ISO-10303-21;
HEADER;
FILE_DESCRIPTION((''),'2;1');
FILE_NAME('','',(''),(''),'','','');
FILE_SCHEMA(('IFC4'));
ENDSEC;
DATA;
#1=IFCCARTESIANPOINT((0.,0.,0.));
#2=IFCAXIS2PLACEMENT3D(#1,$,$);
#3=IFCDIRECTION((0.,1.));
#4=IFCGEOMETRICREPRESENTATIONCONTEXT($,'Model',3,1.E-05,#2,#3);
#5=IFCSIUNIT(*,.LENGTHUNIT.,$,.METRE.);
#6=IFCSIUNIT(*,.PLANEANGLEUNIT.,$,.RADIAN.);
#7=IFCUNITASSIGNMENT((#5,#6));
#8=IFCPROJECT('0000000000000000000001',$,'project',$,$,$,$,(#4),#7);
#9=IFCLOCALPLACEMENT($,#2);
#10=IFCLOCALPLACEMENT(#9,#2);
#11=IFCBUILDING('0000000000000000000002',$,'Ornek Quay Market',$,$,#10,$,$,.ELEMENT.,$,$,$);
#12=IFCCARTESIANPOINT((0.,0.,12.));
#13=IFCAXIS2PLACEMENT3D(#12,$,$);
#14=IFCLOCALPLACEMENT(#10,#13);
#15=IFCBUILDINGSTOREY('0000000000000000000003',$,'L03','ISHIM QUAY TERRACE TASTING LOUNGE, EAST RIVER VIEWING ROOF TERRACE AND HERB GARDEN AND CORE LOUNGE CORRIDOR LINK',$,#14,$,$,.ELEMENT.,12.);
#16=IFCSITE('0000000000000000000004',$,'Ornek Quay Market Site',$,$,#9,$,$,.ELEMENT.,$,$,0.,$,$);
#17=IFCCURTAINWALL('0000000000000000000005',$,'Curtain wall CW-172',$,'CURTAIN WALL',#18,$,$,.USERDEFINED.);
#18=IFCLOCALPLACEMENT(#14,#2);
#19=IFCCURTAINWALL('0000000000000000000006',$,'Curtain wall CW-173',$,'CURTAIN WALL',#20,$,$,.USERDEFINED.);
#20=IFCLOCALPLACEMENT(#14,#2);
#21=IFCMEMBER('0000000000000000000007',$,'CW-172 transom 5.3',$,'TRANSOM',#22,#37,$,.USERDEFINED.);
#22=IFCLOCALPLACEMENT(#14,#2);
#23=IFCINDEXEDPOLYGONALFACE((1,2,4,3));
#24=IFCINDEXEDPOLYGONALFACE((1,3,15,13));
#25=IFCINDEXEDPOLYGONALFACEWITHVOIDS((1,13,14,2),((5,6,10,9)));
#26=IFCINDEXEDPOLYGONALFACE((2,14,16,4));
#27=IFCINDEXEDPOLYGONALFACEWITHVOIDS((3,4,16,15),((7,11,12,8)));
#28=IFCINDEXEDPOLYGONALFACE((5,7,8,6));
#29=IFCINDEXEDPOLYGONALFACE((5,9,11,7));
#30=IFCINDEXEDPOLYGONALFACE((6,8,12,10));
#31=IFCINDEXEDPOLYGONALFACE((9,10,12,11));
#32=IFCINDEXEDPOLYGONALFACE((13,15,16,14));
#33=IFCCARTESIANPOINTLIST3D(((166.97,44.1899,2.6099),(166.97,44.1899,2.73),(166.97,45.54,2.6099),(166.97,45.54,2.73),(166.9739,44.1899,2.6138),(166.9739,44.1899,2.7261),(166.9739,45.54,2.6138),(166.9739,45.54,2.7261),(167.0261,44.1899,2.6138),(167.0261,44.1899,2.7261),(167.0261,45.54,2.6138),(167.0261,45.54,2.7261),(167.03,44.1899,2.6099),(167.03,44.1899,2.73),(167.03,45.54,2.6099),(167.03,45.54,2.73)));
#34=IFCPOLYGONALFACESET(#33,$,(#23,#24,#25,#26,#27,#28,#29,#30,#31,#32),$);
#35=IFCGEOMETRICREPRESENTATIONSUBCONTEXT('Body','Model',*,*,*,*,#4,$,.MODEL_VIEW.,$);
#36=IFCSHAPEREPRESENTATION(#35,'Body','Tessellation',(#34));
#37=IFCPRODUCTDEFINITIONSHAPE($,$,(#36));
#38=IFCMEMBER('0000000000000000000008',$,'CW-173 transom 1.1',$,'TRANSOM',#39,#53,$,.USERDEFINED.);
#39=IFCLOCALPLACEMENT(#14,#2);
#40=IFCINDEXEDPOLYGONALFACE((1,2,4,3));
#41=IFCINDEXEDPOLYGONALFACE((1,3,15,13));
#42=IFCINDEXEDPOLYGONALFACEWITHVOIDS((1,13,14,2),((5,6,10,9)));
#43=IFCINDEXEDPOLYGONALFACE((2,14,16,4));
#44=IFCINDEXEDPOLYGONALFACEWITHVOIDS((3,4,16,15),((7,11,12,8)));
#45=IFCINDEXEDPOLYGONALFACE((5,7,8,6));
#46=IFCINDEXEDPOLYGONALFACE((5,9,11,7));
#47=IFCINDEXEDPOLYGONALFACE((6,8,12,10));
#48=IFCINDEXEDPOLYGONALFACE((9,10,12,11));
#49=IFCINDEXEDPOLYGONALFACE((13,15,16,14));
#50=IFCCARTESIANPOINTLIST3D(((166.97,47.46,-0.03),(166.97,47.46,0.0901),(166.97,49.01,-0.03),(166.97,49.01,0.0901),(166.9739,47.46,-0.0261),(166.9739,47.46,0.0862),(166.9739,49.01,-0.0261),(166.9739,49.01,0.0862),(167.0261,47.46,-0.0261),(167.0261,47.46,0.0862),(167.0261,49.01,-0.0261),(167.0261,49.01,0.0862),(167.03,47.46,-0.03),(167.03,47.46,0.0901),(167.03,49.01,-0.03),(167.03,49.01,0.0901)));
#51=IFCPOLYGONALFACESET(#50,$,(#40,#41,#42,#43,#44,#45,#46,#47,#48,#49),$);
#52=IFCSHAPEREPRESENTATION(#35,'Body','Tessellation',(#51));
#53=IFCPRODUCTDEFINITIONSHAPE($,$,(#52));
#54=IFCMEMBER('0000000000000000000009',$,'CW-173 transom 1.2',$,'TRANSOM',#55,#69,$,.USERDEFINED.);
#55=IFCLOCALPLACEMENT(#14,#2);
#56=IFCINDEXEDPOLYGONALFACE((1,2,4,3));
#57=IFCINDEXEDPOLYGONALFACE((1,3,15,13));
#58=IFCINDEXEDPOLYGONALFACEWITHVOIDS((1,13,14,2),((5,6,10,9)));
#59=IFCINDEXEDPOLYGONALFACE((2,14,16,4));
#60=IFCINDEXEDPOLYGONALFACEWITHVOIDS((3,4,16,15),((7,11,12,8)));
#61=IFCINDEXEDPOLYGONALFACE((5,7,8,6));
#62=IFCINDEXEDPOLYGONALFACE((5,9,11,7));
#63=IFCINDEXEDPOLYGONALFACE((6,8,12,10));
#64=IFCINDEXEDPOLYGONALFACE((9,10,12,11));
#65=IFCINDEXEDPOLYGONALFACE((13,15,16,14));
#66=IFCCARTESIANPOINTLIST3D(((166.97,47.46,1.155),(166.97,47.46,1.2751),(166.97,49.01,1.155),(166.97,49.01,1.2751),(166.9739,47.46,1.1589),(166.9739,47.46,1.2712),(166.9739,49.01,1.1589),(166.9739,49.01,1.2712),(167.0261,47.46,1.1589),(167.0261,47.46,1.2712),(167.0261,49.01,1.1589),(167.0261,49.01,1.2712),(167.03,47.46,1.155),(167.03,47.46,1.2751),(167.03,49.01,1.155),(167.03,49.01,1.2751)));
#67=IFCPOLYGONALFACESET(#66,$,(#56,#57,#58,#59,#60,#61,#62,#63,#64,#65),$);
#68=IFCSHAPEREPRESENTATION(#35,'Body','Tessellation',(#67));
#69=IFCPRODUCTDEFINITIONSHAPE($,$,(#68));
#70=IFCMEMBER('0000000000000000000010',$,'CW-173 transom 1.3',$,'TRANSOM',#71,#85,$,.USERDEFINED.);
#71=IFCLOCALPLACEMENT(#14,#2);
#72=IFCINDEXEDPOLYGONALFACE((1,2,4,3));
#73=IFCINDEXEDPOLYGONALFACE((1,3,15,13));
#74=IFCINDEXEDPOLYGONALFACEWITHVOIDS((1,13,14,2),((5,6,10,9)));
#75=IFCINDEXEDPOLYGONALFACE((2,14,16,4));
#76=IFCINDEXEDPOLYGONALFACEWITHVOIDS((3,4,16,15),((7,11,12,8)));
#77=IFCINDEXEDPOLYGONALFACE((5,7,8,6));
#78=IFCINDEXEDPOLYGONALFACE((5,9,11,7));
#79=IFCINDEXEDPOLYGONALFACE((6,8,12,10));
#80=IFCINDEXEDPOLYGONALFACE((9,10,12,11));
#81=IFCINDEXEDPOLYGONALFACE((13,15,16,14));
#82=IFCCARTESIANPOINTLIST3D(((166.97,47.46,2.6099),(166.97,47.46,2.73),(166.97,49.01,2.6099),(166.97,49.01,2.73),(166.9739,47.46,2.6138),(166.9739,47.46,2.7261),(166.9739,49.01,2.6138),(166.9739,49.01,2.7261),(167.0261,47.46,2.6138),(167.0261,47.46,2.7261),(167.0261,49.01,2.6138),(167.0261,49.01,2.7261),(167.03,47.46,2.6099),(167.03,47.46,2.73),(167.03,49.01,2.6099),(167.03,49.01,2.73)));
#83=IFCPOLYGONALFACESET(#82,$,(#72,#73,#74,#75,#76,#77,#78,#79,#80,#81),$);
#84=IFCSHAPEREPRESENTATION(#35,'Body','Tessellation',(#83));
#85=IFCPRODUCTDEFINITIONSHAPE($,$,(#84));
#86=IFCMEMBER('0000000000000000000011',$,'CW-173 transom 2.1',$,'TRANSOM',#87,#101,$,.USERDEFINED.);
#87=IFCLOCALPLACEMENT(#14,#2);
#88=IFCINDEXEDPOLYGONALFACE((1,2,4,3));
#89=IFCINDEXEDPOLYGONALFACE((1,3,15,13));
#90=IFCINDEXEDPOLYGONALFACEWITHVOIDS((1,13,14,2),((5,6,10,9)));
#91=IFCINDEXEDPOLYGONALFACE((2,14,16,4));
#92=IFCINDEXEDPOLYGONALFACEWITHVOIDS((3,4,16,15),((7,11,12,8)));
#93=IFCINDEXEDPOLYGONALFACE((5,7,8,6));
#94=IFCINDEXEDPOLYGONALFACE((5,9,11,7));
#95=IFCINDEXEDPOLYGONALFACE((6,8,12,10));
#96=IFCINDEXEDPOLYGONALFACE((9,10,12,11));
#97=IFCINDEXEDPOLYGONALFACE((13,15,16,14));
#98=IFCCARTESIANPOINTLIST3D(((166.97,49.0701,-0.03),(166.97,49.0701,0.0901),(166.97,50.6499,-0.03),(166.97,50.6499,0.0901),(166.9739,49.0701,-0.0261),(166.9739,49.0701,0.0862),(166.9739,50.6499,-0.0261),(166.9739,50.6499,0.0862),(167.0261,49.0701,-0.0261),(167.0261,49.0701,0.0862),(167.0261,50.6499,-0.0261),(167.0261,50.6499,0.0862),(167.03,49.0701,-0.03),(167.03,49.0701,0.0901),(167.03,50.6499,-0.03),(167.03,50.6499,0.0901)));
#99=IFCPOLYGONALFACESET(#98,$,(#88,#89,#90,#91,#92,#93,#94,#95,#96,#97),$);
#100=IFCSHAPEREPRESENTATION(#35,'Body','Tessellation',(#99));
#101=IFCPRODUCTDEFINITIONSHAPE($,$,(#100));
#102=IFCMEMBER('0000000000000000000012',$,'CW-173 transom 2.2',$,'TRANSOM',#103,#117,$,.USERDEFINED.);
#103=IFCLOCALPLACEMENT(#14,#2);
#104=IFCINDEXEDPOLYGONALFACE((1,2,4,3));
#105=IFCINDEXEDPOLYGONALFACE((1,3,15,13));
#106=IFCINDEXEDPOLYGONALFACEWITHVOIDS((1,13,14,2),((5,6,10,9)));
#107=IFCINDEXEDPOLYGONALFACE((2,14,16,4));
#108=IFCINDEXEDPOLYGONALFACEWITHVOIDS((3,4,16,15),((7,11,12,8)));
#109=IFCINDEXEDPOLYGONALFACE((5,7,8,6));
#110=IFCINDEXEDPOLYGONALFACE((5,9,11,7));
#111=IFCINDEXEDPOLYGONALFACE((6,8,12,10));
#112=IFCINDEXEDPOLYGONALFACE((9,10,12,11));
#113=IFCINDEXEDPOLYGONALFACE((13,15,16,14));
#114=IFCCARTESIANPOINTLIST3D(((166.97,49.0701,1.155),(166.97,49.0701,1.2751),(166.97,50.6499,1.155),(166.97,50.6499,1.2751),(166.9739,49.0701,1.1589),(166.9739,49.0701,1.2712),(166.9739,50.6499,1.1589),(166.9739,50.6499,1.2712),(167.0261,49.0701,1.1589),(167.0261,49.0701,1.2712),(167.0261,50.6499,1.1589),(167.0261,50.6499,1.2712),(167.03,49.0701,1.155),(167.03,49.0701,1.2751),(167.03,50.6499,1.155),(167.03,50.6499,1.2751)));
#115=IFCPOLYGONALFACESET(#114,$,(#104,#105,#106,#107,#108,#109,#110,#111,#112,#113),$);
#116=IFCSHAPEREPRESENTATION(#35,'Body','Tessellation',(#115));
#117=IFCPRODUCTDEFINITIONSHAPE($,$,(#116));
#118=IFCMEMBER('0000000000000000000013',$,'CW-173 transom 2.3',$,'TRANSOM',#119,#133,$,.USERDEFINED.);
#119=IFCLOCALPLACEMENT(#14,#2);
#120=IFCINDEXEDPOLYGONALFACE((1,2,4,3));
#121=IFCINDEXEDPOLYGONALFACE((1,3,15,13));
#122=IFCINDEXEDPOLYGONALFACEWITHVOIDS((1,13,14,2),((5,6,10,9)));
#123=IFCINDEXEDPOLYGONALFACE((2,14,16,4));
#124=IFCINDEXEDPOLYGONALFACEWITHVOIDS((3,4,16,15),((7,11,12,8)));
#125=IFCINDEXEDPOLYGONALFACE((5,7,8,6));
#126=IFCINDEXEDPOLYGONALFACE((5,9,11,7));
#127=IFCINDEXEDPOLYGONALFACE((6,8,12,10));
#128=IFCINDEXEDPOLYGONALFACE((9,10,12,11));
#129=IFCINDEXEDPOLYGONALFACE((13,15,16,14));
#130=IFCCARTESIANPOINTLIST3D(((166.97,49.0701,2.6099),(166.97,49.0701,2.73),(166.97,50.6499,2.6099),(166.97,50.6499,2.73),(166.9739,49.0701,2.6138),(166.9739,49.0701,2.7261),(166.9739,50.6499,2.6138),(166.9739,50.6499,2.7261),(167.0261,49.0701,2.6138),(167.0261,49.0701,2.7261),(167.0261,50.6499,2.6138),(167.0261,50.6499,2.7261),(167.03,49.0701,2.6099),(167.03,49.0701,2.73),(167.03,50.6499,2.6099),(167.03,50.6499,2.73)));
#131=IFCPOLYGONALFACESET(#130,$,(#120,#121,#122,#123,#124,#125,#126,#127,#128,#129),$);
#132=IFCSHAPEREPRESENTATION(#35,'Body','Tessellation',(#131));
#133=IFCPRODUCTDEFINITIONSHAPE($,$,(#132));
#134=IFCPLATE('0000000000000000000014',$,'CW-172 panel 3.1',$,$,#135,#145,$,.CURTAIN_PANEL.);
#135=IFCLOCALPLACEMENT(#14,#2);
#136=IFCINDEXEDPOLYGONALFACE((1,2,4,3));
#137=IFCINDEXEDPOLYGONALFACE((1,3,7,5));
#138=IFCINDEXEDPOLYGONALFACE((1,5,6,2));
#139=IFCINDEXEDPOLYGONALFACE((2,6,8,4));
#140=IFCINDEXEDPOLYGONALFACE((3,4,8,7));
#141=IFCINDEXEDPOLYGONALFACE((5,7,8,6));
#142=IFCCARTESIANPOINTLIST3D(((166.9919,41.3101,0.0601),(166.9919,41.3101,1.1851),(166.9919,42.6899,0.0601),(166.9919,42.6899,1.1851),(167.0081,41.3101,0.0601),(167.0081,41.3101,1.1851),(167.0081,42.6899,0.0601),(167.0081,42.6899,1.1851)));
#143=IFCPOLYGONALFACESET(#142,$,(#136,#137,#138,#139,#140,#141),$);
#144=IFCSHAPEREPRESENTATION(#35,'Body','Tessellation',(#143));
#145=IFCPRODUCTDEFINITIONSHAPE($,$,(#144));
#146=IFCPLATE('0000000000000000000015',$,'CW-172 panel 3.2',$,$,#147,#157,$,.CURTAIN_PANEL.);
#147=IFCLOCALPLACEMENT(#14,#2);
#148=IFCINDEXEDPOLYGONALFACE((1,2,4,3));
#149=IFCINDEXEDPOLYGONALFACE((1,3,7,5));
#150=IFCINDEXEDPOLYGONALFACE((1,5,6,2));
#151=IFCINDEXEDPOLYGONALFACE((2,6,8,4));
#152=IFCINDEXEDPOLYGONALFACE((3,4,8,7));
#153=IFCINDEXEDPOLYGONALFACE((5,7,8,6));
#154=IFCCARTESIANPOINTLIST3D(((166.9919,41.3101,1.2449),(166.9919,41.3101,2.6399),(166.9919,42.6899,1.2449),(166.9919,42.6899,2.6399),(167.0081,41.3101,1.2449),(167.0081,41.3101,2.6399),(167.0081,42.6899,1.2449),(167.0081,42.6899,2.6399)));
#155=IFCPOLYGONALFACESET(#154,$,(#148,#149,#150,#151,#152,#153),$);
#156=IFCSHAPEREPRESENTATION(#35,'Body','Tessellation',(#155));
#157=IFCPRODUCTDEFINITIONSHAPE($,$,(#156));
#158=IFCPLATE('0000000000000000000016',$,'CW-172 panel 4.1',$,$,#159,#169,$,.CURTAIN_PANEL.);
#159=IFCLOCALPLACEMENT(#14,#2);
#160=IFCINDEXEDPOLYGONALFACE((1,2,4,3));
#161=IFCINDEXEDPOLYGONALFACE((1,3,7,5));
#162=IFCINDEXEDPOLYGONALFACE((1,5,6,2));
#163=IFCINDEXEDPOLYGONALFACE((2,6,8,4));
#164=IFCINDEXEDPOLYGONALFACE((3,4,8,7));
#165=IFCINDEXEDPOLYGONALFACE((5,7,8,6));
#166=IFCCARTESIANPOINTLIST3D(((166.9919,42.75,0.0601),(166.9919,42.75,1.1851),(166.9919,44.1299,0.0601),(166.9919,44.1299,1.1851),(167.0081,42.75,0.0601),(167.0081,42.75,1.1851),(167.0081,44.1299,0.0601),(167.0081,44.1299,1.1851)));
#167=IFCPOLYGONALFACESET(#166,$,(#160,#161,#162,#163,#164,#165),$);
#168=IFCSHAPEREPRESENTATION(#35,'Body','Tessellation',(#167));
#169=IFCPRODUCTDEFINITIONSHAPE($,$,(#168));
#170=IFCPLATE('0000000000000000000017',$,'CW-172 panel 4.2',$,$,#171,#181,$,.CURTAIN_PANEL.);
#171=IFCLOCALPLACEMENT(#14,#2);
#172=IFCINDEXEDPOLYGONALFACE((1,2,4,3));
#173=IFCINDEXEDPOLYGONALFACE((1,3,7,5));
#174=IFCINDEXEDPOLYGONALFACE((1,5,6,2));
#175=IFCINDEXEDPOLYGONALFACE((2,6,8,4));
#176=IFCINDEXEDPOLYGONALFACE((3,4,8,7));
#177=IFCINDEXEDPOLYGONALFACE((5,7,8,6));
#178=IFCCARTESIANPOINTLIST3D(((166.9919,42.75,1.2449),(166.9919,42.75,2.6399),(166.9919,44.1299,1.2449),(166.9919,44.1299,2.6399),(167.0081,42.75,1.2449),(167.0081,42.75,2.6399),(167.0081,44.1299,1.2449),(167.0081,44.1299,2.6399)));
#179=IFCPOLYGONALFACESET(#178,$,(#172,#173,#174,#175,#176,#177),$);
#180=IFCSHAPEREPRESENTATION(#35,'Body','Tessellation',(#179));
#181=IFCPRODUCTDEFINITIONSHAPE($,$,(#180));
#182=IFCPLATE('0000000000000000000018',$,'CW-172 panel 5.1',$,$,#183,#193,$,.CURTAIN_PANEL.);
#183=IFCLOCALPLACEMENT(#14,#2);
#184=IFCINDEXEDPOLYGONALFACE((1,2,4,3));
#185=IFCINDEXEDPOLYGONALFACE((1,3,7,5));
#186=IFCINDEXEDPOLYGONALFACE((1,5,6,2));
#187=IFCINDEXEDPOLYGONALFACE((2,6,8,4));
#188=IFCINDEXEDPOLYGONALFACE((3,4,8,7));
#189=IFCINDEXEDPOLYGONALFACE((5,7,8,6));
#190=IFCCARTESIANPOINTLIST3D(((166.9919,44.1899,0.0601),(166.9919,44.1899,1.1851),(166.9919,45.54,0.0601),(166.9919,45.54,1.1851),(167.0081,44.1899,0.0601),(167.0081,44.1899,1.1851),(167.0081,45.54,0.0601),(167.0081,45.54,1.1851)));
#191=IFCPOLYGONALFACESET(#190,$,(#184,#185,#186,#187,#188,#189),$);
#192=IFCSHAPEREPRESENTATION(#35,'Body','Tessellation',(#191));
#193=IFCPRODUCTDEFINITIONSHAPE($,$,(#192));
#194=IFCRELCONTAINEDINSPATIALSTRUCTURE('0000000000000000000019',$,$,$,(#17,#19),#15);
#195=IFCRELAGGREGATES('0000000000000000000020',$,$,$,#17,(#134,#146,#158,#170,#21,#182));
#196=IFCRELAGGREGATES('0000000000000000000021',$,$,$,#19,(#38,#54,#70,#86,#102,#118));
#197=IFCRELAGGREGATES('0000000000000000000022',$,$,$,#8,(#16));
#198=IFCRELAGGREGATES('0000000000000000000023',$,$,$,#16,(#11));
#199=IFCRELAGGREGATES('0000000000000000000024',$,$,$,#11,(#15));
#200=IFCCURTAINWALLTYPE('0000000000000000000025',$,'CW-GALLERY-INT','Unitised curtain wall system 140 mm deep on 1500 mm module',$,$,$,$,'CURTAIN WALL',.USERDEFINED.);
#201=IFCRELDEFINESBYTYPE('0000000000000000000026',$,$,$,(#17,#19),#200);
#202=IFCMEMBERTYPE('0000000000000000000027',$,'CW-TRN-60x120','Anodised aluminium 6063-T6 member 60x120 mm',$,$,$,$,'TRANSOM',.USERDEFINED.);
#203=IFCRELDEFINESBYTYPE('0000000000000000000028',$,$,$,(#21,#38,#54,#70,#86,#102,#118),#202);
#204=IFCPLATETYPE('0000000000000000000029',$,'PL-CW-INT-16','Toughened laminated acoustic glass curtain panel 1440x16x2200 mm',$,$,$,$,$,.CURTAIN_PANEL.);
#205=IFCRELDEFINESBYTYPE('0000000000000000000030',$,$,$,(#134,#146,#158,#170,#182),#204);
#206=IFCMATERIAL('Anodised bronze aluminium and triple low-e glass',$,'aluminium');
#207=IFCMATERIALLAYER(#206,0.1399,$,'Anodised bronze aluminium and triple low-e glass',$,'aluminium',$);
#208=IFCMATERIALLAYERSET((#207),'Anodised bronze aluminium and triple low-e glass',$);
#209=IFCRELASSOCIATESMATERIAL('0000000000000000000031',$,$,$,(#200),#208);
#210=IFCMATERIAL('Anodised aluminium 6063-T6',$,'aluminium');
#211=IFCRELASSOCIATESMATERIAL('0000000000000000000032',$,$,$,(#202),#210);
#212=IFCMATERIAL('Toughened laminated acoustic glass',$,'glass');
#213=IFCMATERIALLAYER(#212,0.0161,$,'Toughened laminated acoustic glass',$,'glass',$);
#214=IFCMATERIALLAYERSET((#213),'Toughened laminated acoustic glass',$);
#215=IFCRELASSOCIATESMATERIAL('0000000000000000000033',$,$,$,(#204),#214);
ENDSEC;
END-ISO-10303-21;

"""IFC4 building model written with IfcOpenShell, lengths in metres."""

from ifc_helpers import new_model, si_unit, direction, frame, origin, origin_2d, place, context, subcontext, project, spatial, rectangle, hollow_rectangle, extrude, material, layer, layer_set, material_profile, profile_set, type_object, element, aggregate, save


model = new_model("IFC4")

# Units and contexts
model_context = context("Model", 3, precision=1e-05, world=origin(), true_north=direction((0.0, 1.0)))
body_context = subcontext(model_context, "Body", "Model", "MODEL_VIEW")
ifc_project = project(units=[si_unit("LENGTHUNIT", "METRE"), si_unit("PLANEANGLEUNIT", "RADIAN")], contexts=[model_context])

# Site, building, storey
site_placement = place(None, origin())
site = spatial("IfcSite", under=ifc_project, at=site_placement, Name="Ornek Quay Market Site", CompositionType="ELEMENT", RefElevation=0.0)
building_placement = place(site_placement, origin())
building = spatial("IfcBuilding", under=site, at=building_placement, Name="Ornek Quay Market", CompositionType="ELEMENT")
storey_placement = place(building_placement, frame((0.0, 0.0, 12.0)))
storey = spatial("IfcBuildingStorey", under=building, at=storey_placement, Name="L03", Description="ISHIM QUAY TERRACE TASTING LOUNGE, EAST RIVER VIEWING ROOF TERRACE AND HERB GARDEN AND CORE LOUNGE CORRIDOR LINK", CompositionType="ELEMENT", Elevation=12.0)

# Curtain walls
ifc_material_1 = material(Name="Anodised bronze aluminium and triple low-e glass", Category="aluminium")
ifc_layer_1 = layer(ifc_material_1, 0.1399, Name="Anodised bronze aluminium and triple low-e glass", Category="aluminium")
ifc_layer_set_1 = layer_set([ifc_layer_1], Name="Anodised bronze aluminium and triple low-e glass")
curtain_wall_type = type_object("IfcCurtainWallType", Name="CW-GALLERY-INT", Description="Unitised curtain wall system 140 mm deep on 1500 mm module", ElementType="CURTAIN WALL", PredefinedType="USERDEFINED", material=ifc_layer_set_1)
curtain_wall_1_placement = place(storey_placement, origin())
curtain_wall_1 = element("IfcCurtainWall", 1, at=curtain_wall_1_placement, inside=storey, type_object=curtain_wall_type, Name="Curtain wall CW-172", ObjectType="CURTAIN WALL", PredefinedType="USERDEFINED")
ifc_material_2 = material(Name="Anodised aluminium 6063-T6", Category="aluminium")
curtain_wall_2_placement = place(storey_placement, origin())
curtain_wall_2 = element("IfcCurtainWall", 2, at=curtain_wall_2_placement, inside=storey, type_object=curtain_wall_type, Name="Curtain wall CW-173", ObjectType="CURTAIN WALL", PredefinedType="USERDEFINED")

# Members
ifc_material_profile_1 = material_profile(ifc_material_2, hollow_rectangle(XDim=0.0601, YDim=0.1201, WallThickness=0.0039, at=origin_2d()), Name="CW-TRN-60x120", Category="aluminium")
ifc_profile_set_1 = profile_set([ifc_material_profile_1], Name="Anodised aluminium 6063-T6")
member_type_1 = type_object("IfcMemberType", Name="CW-TRN-60x120", Description="Anodised aluminium 6063-T6 member 60x120 mm", ElementType="TRANSOM", PredefinedType="USERDEFINED", material=ifc_profile_set_1)
member_1_placement = place(storey_placement, frame((167.0, 44.1899, 2.6699), z_axis=(0.0, 1.0, 0.0), x_axis=(-1.0, 0.0, 0.0)))
member_1 = element("IfcMember", 3, at=member_1_placement, type_object=member_type_1, Name="CW-172 transom 5.3", ObjectType="TRANSOM", PredefinedType="USERDEFINED", context=body_context, shape_type="SweptSolid", body=[
    extrude(hollow_rectangle(XDim=0.0601, YDim=0.1201, WallThickness=0.0039, at=origin_2d()), origin(), (0.0, 0.0, 1.0), 1.3501),
])
member_2_placement = place(storey_placement, frame((167.0, 47.46, 0.03), z_axis=(0.0, 1.0, 0.0), x_axis=(-1.0, 0.0, 0.0)))
member_2 = element("IfcMember", 4, at=member_2_placement, type_object=member_type_1, Name="CW-173 transom 1.1", ObjectType="TRANSOM", PredefinedType="USERDEFINED", context=body_context, shape_type="SweptSolid", body=[
    extrude(hollow_rectangle(XDim=0.0601, YDim=0.1201, WallThickness=0.0039, at=origin_2d()), origin(), (0.0, 0.0, 1.0), 1.55),
])
member_3_placement = place(storey_placement, frame((167.0, 47.46, 1.2151), z_axis=(0.0, 1.0, 0.0), x_axis=(-1.0, 0.0, 0.0)))
member_3 = element("IfcMember", 5, at=member_3_placement, type_object=member_type_1, Name="CW-173 transom 1.2", ObjectType="TRANSOM", PredefinedType="USERDEFINED", context=body_context, shape_type="SweptSolid", body=[
    extrude(hollow_rectangle(XDim=0.0601, YDim=0.1201, WallThickness=0.0039, at=origin_2d()), origin(), (0.0, 0.0, 1.0), 1.55),
])
member_4_placement = place(storey_placement, frame((167.0, 47.46, 2.6699), z_axis=(0.0, 1.0, 0.0), x_axis=(-1.0, 0.0, 0.0)))
member_4 = element("IfcMember", 6, at=member_4_placement, type_object=member_type_1, Name="CW-173 transom 1.3", ObjectType="TRANSOM", PredefinedType="USERDEFINED", context=body_context, shape_type="SweptSolid", body=[
    extrude(hollow_rectangle(XDim=0.0601, YDim=0.1201, WallThickness=0.0039, at=origin_2d()), origin(), (0.0, 0.0, 1.0), 1.55),
])
member_5_placement = place(storey_placement, frame((167.0, 49.0701, 0.03), z_axis=(0.0, 1.0, 0.0), x_axis=(-1.0, 0.0, 0.0)))
member_5 = element("IfcMember", 7, at=member_5_placement, type_object=member_type_1, Name="CW-173 transom 2.1", ObjectType="TRANSOM", PredefinedType="USERDEFINED", context=body_context, shape_type="SweptSolid", body=[
    extrude(hollow_rectangle(XDim=0.0601, YDim=0.1201, WallThickness=0.0039, at=origin_2d()), origin(), (0.0, 0.0, 1.0), 1.5798),
])
member_6_placement = place(storey_placement, frame((167.0, 49.0701, 1.2151), z_axis=(0.0, 1.0, 0.0), x_axis=(-1.0, 0.0, 0.0)))
member_6 = element("IfcMember", 8, at=member_6_placement, type_object=member_type_1, Name="CW-173 transom 2.2", ObjectType="TRANSOM", PredefinedType="USERDEFINED", context=body_context, shape_type="SweptSolid", body=[
    extrude(hollow_rectangle(XDim=0.0601, YDim=0.1201, WallThickness=0.0039, at=origin_2d()), origin(), (0.0, 0.0, 1.0), 1.5798),
])
member_7_placement = place(storey_placement, frame((167.0, 49.0701, 2.6699), z_axis=(0.0, 1.0, 0.0), x_axis=(-1.0, 0.0, 0.0)))
member_7 = element("IfcMember", 9, at=member_7_placement, type_object=member_type_1, Name="CW-173 transom 2.3", ObjectType="TRANSOM", PredefinedType="USERDEFINED", context=body_context, shape_type="SweptSolid", body=[
    extrude(hollow_rectangle(XDim=0.0601, YDim=0.1201, WallThickness=0.0039, at=origin_2d()), origin(), (0.0, 0.0, 1.0), 1.5798),
])

# Plates
ifc_material_3 = material(Name="Toughened laminated acoustic glass", Category="glass")
ifc_layer_2 = layer(ifc_material_3, 0.0161, Name="Toughened laminated acoustic glass", Category="glass")
ifc_layer_set_2 = layer_set([ifc_layer_2], Name="Toughened laminated acoustic glass")
plate_type = type_object("IfcPlateType", Name="PL-CW-INT-16", Description="Toughened laminated acoustic glass curtain panel 1440x16x2200 mm", PredefinedType="CURTAIN_PANEL", material=ifc_layer_set_2)
plate_1_placement = place(storey_placement, frame((167.0, 42.0, 0.0601), z_axis=(0.0, 0.0, 1.0), x_axis=(0.0, 1.0, 0.0)))
plate_1 = element("IfcPlate", 10, at=plate_1_placement, type_object=plate_type, Name="CW-172 panel 3.1", PredefinedType="CURTAIN_PANEL", context=body_context, shape_type="SweptSolid", body=[
    extrude(rectangle(XDim=1.3799, YDim=0.0161, at=origin_2d()), origin(), (0.0, 0.0, 1.0), 1.125),
])
plate_2_placement = place(storey_placement, frame((167.0, 42.0, 1.2449), z_axis=(0.0, 0.0, 1.0), x_axis=(0.0, 1.0, 0.0)))
plate_2 = element("IfcPlate", 11, at=plate_2_placement, type_object=plate_type, Name="CW-172 panel 3.2", PredefinedType="CURTAIN_PANEL", context=body_context, shape_type="SweptSolid", body=[
    extrude(rectangle(XDim=1.3799, YDim=0.0161, at=origin_2d()), origin(), (0.0, 0.0, 1.0), 1.395),
])
plate_3_placement = place(storey_placement, frame((167.0, 43.4399, 0.0601), z_axis=(0.0, 0.0, 1.0), x_axis=(0.0, 1.0, 0.0)))
plate_3 = element("IfcPlate", 12, at=plate_3_placement, type_object=plate_type, Name="CW-172 panel 4.1", PredefinedType="CURTAIN_PANEL", context=body_context, shape_type="SweptSolid", body=[
    extrude(rectangle(XDim=1.3799, YDim=0.0161, at=origin_2d()), origin(), (0.0, 0.0, 1.0), 1.125),
])
plate_4_placement = place(storey_placement, frame((167.0, 43.4399, 1.2449), z_axis=(0.0, 0.0, 1.0), x_axis=(0.0, 1.0, 0.0)))
plate_4 = element("IfcPlate", 13, at=plate_4_placement, type_object=plate_type, Name="CW-172 panel 4.2", PredefinedType="CURTAIN_PANEL", context=body_context, shape_type="SweptSolid", body=[
    extrude(rectangle(XDim=1.3799, YDim=0.0161, at=origin_2d()), origin(), (0.0, 0.0, 1.0), 1.395),
])
plate_5_placement = place(storey_placement, frame((167.0, 44.865, 0.0601), z_axis=(0.0, 0.0, 1.0), x_axis=(0.0, 1.0, 0.0)))
plate_5 = element("IfcPlate", 14, at=plate_5_placement, type_object=plate_type, Name="CW-172 panel 5.1", PredefinedType="CURTAIN_PANEL", context=body_context, shape_type="SweptSolid", body=[
    extrude(rectangle(XDim=1.3501, YDim=0.0161, at=origin_2d()), origin(), (0.0, 0.0, 1.0), 1.125),
])
aggregate(curtain_wall_1, [plate_1, plate_2, plate_3, plate_4, member_1, plate_5])
aggregate(curtain_wall_2, [member_2, member_3, member_4, member_5, member_6, member_7])

save(model, "model.ifc")
